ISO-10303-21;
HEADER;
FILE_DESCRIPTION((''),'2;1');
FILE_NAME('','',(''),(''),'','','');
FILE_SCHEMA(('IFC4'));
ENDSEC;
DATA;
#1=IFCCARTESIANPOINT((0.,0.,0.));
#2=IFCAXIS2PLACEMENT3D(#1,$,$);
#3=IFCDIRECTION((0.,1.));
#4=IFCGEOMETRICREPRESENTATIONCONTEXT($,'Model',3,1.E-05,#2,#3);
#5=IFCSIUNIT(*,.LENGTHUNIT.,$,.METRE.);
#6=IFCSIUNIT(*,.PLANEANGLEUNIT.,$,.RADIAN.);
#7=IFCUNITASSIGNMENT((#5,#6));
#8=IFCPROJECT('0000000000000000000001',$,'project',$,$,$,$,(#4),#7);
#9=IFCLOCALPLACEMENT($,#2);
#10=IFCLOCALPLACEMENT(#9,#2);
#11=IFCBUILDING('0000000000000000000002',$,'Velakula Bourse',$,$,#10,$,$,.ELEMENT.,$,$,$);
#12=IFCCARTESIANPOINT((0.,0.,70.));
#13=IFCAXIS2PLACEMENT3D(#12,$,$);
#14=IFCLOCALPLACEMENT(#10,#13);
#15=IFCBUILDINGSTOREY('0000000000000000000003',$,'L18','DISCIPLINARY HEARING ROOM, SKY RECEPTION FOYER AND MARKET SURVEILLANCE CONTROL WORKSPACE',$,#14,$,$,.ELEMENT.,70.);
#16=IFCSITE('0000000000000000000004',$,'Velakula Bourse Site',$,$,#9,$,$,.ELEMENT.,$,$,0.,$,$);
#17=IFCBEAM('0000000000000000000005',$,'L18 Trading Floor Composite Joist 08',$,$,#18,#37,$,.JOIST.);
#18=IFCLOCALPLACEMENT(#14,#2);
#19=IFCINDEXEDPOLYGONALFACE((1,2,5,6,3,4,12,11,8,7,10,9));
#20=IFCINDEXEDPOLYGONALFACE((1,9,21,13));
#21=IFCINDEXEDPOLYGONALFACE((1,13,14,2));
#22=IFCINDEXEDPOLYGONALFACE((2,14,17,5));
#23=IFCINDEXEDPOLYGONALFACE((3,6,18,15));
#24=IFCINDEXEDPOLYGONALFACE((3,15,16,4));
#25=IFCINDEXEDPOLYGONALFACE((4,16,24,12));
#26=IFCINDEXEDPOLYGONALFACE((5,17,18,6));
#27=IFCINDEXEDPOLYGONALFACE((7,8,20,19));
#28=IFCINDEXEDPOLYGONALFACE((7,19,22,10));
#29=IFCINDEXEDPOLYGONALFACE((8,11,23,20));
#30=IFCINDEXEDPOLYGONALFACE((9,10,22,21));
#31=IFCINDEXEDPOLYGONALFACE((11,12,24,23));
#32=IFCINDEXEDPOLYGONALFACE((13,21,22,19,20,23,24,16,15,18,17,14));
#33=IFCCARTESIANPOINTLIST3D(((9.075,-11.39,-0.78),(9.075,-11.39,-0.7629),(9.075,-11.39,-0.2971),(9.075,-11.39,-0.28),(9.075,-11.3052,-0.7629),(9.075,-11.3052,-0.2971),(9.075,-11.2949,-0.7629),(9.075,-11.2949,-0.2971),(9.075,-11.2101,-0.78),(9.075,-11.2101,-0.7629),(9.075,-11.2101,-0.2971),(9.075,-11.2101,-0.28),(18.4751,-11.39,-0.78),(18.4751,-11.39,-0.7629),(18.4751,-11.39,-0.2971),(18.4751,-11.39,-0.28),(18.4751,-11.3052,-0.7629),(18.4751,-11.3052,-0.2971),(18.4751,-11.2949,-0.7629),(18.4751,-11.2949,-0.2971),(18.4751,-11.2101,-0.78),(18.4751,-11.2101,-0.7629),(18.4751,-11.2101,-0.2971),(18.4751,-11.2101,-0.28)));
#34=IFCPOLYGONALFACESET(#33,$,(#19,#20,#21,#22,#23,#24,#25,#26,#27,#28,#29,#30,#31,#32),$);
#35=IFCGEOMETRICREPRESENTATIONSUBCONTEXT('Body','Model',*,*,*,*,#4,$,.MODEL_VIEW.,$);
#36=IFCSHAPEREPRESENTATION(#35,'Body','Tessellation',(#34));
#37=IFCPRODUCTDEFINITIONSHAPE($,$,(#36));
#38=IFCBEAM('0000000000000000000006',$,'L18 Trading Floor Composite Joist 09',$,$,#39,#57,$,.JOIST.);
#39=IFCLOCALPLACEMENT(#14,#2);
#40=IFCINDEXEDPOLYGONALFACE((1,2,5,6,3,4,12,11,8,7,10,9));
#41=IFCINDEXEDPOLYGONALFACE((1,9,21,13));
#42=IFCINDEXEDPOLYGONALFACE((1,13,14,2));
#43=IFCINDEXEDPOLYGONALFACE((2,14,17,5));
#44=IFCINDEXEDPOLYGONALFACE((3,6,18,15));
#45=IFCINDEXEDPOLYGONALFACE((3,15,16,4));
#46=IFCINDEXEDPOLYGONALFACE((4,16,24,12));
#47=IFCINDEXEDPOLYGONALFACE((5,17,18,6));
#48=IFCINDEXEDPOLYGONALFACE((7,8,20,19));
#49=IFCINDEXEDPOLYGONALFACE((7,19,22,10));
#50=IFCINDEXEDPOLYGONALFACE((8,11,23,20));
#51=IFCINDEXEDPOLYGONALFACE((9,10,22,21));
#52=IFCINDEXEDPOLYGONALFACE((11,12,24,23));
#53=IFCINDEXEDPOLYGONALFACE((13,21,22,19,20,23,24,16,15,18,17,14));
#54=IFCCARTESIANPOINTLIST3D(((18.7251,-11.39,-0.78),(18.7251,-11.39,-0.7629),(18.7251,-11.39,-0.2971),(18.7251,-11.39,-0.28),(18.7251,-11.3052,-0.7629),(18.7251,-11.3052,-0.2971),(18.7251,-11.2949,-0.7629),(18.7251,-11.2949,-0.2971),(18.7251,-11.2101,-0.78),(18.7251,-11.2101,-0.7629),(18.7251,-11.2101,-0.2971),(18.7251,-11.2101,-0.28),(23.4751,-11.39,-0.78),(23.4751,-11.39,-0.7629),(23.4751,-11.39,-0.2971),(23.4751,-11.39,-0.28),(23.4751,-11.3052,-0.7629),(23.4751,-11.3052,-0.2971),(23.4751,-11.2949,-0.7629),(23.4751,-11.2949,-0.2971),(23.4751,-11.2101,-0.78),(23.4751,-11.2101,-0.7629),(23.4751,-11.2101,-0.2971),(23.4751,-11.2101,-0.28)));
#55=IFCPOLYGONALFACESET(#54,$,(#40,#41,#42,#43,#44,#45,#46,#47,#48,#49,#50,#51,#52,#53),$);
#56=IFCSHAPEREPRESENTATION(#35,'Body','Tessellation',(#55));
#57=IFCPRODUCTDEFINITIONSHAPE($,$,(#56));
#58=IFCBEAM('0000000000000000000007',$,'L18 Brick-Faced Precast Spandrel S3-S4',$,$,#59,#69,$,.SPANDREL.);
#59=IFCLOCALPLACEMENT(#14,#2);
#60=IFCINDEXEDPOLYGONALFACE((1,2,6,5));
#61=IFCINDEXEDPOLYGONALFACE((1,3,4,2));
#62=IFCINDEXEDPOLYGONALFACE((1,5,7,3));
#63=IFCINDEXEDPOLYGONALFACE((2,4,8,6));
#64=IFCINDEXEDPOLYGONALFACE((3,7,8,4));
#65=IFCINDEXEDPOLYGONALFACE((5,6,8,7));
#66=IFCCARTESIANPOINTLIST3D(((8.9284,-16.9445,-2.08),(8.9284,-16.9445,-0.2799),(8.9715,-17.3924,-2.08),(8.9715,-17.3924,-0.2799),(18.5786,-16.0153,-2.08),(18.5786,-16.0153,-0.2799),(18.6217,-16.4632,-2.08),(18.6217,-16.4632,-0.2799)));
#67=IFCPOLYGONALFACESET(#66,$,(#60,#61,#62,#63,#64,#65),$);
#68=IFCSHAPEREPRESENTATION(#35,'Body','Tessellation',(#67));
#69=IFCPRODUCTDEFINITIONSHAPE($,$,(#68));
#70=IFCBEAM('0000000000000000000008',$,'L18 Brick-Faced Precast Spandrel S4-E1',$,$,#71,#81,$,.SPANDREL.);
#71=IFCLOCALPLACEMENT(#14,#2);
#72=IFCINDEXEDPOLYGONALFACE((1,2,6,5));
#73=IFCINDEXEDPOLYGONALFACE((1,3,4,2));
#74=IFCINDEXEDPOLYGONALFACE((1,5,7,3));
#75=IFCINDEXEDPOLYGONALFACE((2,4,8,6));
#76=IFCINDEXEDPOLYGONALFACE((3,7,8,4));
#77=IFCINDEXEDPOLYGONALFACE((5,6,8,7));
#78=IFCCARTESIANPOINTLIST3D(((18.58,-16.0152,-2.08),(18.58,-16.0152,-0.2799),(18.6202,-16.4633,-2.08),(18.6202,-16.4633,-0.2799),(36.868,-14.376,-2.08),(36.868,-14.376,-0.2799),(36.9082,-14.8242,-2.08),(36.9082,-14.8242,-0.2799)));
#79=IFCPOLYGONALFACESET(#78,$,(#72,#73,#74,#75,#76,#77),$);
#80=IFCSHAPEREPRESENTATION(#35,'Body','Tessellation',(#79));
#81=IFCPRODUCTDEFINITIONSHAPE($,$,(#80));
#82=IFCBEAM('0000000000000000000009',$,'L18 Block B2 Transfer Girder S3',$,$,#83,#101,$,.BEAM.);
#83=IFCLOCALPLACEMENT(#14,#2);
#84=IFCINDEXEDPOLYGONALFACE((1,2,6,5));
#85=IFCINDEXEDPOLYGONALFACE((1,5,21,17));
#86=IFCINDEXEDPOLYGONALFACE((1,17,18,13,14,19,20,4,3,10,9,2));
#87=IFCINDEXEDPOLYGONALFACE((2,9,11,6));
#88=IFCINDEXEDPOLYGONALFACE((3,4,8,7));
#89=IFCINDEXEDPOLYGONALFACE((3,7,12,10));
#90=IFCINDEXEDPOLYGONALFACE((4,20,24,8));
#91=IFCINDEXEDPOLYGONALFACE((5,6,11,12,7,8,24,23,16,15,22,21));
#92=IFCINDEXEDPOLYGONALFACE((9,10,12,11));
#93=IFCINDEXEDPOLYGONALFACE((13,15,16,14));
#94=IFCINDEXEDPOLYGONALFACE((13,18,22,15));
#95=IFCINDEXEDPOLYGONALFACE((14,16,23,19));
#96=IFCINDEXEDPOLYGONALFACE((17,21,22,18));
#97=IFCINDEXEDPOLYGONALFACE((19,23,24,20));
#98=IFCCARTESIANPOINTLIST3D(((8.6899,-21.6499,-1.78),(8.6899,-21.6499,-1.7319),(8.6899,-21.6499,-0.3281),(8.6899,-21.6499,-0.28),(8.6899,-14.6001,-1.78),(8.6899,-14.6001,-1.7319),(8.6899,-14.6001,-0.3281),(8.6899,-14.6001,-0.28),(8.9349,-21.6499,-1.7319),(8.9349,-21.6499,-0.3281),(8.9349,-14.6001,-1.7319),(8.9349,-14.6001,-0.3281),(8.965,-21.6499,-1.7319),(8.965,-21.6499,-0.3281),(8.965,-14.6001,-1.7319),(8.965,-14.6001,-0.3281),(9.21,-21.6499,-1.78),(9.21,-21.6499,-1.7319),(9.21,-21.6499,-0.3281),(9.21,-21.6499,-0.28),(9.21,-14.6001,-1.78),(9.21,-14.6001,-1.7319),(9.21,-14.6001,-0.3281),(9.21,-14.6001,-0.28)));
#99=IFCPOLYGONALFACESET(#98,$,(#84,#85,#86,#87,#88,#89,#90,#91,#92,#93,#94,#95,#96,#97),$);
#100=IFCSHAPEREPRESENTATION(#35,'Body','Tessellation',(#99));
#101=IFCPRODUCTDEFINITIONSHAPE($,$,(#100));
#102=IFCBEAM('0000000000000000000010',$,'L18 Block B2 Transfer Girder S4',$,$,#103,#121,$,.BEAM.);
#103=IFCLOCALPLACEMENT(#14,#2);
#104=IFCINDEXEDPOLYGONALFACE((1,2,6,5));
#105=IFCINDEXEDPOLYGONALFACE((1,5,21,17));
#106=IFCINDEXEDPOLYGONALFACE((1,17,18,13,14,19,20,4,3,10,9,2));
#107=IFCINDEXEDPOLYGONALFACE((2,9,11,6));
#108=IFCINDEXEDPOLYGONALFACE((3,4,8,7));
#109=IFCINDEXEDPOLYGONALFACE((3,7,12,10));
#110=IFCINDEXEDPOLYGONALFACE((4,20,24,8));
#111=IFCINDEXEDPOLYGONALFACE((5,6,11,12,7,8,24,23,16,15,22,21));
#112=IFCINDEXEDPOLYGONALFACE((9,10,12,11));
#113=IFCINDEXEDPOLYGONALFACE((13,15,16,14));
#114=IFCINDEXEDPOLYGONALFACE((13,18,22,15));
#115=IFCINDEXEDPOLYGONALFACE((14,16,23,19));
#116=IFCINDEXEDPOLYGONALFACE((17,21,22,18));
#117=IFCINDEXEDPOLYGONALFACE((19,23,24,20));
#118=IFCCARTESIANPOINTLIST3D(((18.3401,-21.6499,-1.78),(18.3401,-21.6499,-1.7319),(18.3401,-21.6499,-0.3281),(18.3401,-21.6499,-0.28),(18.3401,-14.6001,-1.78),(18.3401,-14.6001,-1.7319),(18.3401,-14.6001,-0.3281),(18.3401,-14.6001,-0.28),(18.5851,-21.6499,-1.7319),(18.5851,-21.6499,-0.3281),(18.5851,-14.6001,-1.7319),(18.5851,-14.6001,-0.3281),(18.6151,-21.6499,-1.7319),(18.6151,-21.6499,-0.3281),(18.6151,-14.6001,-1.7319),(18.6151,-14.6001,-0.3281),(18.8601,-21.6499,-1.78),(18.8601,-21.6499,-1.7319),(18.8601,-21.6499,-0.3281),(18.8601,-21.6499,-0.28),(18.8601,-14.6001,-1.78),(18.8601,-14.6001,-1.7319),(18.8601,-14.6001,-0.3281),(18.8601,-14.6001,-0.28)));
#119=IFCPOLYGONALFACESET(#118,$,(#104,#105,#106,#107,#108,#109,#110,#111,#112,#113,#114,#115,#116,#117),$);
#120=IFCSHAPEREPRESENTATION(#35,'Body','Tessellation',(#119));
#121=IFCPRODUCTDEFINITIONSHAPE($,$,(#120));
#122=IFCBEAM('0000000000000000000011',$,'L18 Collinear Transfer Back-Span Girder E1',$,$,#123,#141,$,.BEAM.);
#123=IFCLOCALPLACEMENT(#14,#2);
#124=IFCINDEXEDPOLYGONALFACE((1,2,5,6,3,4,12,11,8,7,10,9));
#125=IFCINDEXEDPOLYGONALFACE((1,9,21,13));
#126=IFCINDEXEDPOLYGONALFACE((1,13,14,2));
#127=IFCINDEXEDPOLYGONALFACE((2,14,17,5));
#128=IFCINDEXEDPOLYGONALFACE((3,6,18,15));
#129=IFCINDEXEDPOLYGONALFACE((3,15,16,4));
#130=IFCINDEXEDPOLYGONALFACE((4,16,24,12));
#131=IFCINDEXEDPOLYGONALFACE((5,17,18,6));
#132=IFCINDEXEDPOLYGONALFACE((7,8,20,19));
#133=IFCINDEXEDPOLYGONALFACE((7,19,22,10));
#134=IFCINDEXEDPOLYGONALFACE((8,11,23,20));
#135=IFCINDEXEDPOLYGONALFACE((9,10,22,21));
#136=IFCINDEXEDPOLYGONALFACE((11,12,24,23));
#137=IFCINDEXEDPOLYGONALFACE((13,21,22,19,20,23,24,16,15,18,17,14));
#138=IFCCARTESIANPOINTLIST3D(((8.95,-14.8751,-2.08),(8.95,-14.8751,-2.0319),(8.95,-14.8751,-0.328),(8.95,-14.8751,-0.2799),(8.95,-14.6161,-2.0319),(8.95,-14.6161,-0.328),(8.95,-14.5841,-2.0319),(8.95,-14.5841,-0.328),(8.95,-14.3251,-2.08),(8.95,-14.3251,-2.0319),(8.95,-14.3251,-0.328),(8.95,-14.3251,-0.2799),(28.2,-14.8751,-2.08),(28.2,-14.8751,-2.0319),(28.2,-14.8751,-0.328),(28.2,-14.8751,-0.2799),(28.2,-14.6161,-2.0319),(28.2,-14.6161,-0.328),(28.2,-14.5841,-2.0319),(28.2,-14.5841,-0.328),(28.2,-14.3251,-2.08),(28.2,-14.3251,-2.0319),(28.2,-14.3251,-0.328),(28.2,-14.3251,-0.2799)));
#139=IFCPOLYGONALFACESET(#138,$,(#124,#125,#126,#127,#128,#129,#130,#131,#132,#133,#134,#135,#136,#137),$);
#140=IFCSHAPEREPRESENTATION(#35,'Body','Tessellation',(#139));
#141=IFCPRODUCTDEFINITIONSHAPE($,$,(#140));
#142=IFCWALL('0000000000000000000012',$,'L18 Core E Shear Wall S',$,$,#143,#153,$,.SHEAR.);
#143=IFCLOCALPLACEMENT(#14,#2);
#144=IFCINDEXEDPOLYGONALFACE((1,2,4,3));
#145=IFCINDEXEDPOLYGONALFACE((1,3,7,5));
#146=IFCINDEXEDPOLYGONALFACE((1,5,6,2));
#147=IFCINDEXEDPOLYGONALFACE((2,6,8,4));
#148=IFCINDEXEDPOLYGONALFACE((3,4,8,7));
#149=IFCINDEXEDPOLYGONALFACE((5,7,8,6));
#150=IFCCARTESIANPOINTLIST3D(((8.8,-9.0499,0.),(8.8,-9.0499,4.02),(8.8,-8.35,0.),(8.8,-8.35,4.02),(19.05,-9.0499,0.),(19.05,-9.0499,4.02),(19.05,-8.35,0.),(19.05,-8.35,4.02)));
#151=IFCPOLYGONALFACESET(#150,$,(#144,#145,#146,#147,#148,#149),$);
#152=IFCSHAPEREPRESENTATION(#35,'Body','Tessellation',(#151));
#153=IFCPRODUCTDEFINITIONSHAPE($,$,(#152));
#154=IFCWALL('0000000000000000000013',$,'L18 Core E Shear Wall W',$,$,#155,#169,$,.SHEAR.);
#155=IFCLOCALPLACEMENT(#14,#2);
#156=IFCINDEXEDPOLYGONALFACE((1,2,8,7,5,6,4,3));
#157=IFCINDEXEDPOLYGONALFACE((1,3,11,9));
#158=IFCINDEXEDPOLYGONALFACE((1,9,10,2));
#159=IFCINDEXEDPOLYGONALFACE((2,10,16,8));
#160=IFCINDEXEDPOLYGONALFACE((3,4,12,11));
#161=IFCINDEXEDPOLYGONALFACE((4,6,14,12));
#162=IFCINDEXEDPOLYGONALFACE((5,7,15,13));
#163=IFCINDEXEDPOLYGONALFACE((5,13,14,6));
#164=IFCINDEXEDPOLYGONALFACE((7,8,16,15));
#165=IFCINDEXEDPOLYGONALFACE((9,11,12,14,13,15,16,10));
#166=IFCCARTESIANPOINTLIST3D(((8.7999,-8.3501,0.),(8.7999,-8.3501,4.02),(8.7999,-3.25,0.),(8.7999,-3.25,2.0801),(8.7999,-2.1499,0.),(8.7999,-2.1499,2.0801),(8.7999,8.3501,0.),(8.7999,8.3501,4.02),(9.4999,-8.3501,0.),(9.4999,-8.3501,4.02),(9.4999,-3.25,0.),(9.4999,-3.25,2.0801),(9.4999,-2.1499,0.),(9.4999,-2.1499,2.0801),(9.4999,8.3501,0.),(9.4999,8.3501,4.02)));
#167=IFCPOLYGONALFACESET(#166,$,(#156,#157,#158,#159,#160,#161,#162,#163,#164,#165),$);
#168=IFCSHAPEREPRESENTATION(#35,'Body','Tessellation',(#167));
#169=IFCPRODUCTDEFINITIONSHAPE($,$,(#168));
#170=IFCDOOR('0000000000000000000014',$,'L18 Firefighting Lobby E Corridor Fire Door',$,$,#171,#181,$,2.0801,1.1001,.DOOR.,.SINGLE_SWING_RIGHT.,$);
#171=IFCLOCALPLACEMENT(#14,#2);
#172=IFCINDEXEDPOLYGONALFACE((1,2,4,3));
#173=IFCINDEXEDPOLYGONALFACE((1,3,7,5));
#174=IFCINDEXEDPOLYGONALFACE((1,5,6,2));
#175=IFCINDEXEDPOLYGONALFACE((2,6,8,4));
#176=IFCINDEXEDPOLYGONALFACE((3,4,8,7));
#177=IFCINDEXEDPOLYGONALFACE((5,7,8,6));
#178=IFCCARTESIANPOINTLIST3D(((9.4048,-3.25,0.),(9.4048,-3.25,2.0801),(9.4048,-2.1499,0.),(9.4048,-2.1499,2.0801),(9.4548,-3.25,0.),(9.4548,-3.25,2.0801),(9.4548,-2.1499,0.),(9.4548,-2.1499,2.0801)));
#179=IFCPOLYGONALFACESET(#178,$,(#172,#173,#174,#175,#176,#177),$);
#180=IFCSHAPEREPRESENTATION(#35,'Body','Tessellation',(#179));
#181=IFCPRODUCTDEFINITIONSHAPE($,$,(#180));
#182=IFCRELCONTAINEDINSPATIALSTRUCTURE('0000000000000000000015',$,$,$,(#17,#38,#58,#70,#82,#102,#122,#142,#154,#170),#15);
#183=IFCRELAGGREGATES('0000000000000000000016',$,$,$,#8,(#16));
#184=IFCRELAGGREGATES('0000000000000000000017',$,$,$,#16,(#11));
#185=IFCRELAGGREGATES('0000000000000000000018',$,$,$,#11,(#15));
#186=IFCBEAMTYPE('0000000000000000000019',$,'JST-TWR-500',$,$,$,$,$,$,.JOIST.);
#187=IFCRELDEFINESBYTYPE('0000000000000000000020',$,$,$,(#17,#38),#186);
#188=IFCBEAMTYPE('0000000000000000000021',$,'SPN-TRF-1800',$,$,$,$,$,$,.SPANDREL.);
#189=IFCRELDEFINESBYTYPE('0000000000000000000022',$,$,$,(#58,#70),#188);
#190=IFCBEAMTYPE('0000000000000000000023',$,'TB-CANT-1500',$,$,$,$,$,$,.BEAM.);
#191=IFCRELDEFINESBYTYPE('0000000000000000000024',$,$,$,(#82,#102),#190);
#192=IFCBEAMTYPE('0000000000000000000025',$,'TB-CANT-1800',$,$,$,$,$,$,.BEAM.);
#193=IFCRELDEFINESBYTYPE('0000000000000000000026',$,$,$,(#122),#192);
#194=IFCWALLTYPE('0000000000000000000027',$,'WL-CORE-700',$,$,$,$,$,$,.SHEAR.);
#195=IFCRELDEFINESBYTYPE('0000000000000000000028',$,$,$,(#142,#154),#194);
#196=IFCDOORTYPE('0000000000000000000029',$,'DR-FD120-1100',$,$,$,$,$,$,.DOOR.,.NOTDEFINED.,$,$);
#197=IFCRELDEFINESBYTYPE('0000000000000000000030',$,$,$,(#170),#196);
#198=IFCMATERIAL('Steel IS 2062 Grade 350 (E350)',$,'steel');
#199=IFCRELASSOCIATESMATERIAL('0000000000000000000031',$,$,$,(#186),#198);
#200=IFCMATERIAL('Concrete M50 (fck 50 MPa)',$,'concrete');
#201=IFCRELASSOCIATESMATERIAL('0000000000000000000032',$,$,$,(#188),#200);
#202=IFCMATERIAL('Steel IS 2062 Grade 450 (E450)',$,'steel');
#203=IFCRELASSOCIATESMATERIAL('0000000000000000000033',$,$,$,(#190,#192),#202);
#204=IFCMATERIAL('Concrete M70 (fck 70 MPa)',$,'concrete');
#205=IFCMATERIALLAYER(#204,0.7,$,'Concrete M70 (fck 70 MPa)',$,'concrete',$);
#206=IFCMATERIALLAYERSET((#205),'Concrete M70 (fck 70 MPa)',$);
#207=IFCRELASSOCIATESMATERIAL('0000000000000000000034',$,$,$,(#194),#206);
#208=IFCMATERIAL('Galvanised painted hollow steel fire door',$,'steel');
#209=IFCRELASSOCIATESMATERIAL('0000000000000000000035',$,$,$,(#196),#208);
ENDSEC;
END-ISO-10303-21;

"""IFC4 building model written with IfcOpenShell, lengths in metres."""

from ifc_helpers import new_model, si_unit, direction, frame, frame_2d, origin, origin_2d, place, context, subcontext, project, spatial, rectangle, i_section, extrude, material, layer, layer_set, material_profile, profile_set, type_object, element, fill, save


model = new_model("IFC4")

# Units and contexts
model_context = context("Model", 3, precision=1e-05, world=origin(), true_north=direction((0.0, 1.0)))
body_context = subcontext(model_context, "Body", "Model", "MODEL_VIEW")
ifc_project = project(units=[si_unit("LENGTHUNIT", "METRE"), si_unit("PLANEANGLEUNIT", "RADIAN")], contexts=[model_context])

# Site, building, storey
site_placement = place(None, origin())
site = spatial("IfcSite", under=ifc_project, at=site_placement, Name="Velakula Bourse Site", CompositionType="ELEMENT", RefElevation=0.0)
building_placement = place(site_placement, origin())
building = spatial("IfcBuilding", under=site, at=building_placement, Name="Velakula Bourse", CompositionType="ELEMENT")
storey_placement = place(building_placement, frame((0.0, 0.0, 70.0)))
storey = spatial("IfcBuildingStorey", under=building, at=storey_placement, Name="L18", Description="DISCIPLINARY HEARING ROOM, SKY RECEPTION FOYER AND MARKET SURVEILLANCE CONTROL WORKSPACE", CompositionType="ELEMENT", Elevation=70.0)

# Shared definitions
ifc_material_1 = material(Name="Concrete M70 (fck 70 MPa)", Category="concrete")
ifc_material_2 = material(Name="Steel IS 2062 Grade 450 (E450)", Category="steel")

# Beams
ifc_material_3 = material(Name="Steel IS 2062 Grade 350 (E350)", Category="steel")
ifc_material_profile_1 = material_profile(ifc_material_3, i_section(OverallWidth=0.1799, OverallDepth=0.5, WebThickness=0.0103, FlangeThickness=0.0171, at=origin_2d()), Name="Steel IS 2062 Grade 350 (E350)")
ifc_profile_set_1 = profile_set([ifc_material_profile_1], Name="Steel IS 2062 Grade 350 (E350)")
beam_type_1 = type_object("IfcBeamType", Name="JST-TWR-500", PredefinedType="JOIST", material=ifc_profile_set_1)
beam_1_placement = place(storey_placement, frame((9.075, -11.3, -0.53), z_axis=(1.0, 0.0, 0.0), x_axis=(0.0, 1.0, 0.0)))
element("IfcBeam", 1, at=beam_1_placement, inside=storey, type_object=beam_type_1, Name="L18 Trading Floor Composite Joist 08", PredefinedType="JOIST", context=body_context, shape_type="SweptSolid", body=[
    extrude(i_section(OverallWidth=0.1799, OverallDepth=0.5, WebThickness=0.0103, FlangeThickness=0.0171, at=origin_2d()), origin(), (0.0, 0.0, 1.0), 9.4001),
])
beam_2_placement = place(storey_placement, frame((18.7251, -11.3, -0.53), z_axis=(1.0, 0.0, 0.0), x_axis=(0.0, 1.0, 0.0)))
element("IfcBeam", 2, at=beam_2_placement, inside=storey, type_object=beam_type_1, Name="L18 Trading Floor Composite Joist 09", PredefinedType="JOIST", context=body_context, shape_type="SweptSolid", body=[
    extrude(i_section(OverallWidth=0.1799, OverallDepth=0.5, WebThickness=0.0103, FlangeThickness=0.0171, at=origin_2d()), origin(), (0.0, 0.0, 1.0), 4.75),
])
ifc_material_4 = material(Name="Concrete M50 (fck 50 MPa)", Category="concrete")
ifc_material_profile_2 = material_profile(ifc_material_4, rectangle(XDim=0.45, YDim=1.8, at=origin_2d()), Name="Concrete M50 (fck 50 MPa)")
ifc_profile_set_2 = profile_set([ifc_material_profile_2], Name="Concrete M50 (fck 50 MPa)")
beam_type_2 = type_object("IfcBeamType", Name="SPN-TRF-1800", PredefinedType="SPANDREL", material=ifc_profile_set_2)
beam_3_placement = place(storey_placement, frame((8.95, -17.1685, -1.1799), z_axis=(0.995396, 0.095845, 0.0), x_axis=(-0.095845, 0.995396, 0.0)))
element("IfcBeam", 3, at=beam_3_placement, inside=storey, type_object=beam_type_2, Name="L18 Brick-Faced Precast Spandrel S3-S4", PredefinedType="SPANDREL", context=body_context, shape_type="SweptSolid", body=[
    extrude(rectangle(XDim=0.45, YDim=1.8, at=origin_2d()), origin(), (0.0, 0.0, 1.0), 9.6948),
])
beam_4_placement = place(storey_placement, frame((18.6001, -16.2393, -1.1799), z_axis=(0.996007, 0.089272, 0.0), x_axis=(-0.089272, 0.996007, 0.0)))
element("IfcBeam", 4, at=beam_4_placement, inside=storey, type_object=beam_type_2, Name="L18 Brick-Faced Precast Spandrel S4-E1", PredefinedType="SPANDREL", context=body_context, shape_type="SweptSolid", body=[
    extrude(rectangle(XDim=0.45, YDim=1.8, at=origin_2d()), origin(), (0.0, 0.0, 1.0), 18.3613),
])
ifc_material_profile_3 = material_profile(ifc_material_2, i_section(OverallWidth=0.52, OverallDepth=1.5, WebThickness=0.03, FlangeThickness=0.0481, at=origin_2d()), Name="Steel IS 2062 Grade 450 (E450)")
ifc_profile_set_3 = profile_set([ifc_material_profile_3], Name="Steel IS 2062 Grade 450 (E450)")
beam_type_3 = type_object("IfcBeamType", Name="TB-CANT-1500", PredefinedType="BEAM", material=ifc_profile_set_3)
for number, where, z_axis, x_axis, name in (
    (5, (8.95, -21.6499, -1.03), (0.0, 1.0, 0.0), (-1.0, 0.0, 0.0), "L18 Block B2 Transfer Girder S3"),
    (6, (18.6001, -21.6499, -1.03), (0.0, 1.0, 0.0), (-1.0, 0.0, 0.0), "L18 Block B2 Transfer Girder S4"),
):
    element("IfcBeam", number, at=place(storey_placement, frame(where, z_axis=z_axis, x_axis=x_axis)), inside=storey, type_object=beam_type_3, Name=name, PredefinedType="BEAM", context=body_context, shape_type="SweptSolid", body=[
        extrude(i_section(OverallWidth=0.52, OverallDepth=1.5, WebThickness=0.03, FlangeThickness=0.0481, at=origin_2d()), origin(), (0.0, 0.0, 1.0), 7.0498),
    ])
ifc_material_profile_4 = material_profile(ifc_material_2, i_section(OverallWidth=0.55, OverallDepth=1.8, WebThickness=0.032, FlangeThickness=0.0481, at=origin_2d()), Name="Steel IS 2062 Grade 450 (E450)")
ifc_profile_set_4 = profile_set([ifc_material_profile_4], Name="Steel IS 2062 Grade 450 (E450)")
beam_type_4 = type_object("IfcBeamType", Name="TB-CANT-1800", PredefinedType="BEAM", material=ifc_profile_set_4)
beam_5_placement = place(storey_placement, frame((8.95, -14.6001, -1.1799), z_axis=(1.0, 0.0, 0.0), x_axis=(0.0, 1.0, 0.0)))
element("IfcBeam", 7, at=beam_5_placement, inside=storey, type_object=beam_type_4, Name="L18 Collinear Transfer Back-Span Girder E1", PredefinedType="BEAM", context=body_context, shape_type="SweptSolid", body=[
    extrude(i_section(OverallWidth=0.55, OverallDepth=1.8, WebThickness=0.032, FlangeThickness=0.0481, at=origin_2d()), origin(), (0.0, 0.0, 1.0), 19.25),
])

# Wall
ifc_layer_1 = layer(ifc_material_1, 0.7, Name="Concrete M70 (fck 70 MPa)", Category="concrete")
ifc_layer_set_1 = layer_set([ifc_layer_1], Name="Concrete M70 (fck 70 MPa)")
wall_type_1 = type_object("IfcWallType", Name="WL-CORE-700", PredefinedType="SHEAR", material=ifc_layer_set_1)
wall_1_placement = place(storey_placement, frame((8.8, -8.7, 0.0), z_axis=(0.0, 0.0, 1.0), x_axis=(1.0, 0.0, 0.0)))
element("IfcWall", 8, at=wall_1_placement, inside=storey, type_object=wall_type_1, Name="L18 Core E Shear Wall S", PredefinedType="SHEAR", context=body_context, shape_type="SweptSolid", body=[
    extrude(rectangle(XDim=10.25, YDim=0.7, at=frame_2d((5.125, 0.0))), origin(), (0.0, 0.0, 1.0), 4.02),
])

# Wall, opening, door
wall_2_placement = place(storey_placement, frame((9.1499, -8.3501, 0.0), z_axis=(0.0, 0.0, 1.0), x_axis=(0.0, 1.0, 0.0)))
wall_2 = element("IfcWall", 9, at=wall_2_placement, inside=storey, type_object=wall_type_1, Name="L18 Core E Shear Wall W", PredefinedType="SHEAR", context=body_context, shape_type="SweptSolid", body=[
    extrude(rectangle(XDim=16.7002, YDim=0.7, at=frame_2d((8.3501, 0.0))), origin(), (0.0, 0.0, 1.0), 4.02),
])
opening_1_placement = place(wall_2_placement, frame((5.1001, 0.0, 0.0)))
opening_1 = element("IfcOpeningElement", 10, at=opening_1_placement, cuts=wall_2, PredefinedType="OPENING", context=body_context, shape_type="SweptSolid", body=[
    extrude(rectangle(XDim=1.1001, YDim=2.0801, at=frame_2d((0.55, 1.04))), frame((0.0, 0.3599, 0.0), z_axis=(0.0, -1.0, 0.0), x_axis=(1.0, 0.0, 0.0)), (0.0, 0.0, 1.0), 0.72),
])
ifc_material_5 = material(Name="Galvanised painted hollow steel fire door", Category="steel")
door_type_1 = type_object("IfcDoorType", Name="DR-FD120-1100", OperationType="NOTDEFINED", PredefinedType="DOOR", material=ifc_material_5)
door_1_placement = place(opening_1_placement, origin())
door_1 = element("IfcDoor", 11, at=door_1_placement, inside=storey, type_object=door_type_1, Name="L18 Firefighting Lobby E Corridor Fire Door", OperationType="SINGLE_SWING_RIGHT", OverallHeight=2.0801, OverallWidth=1.1001, PredefinedType="DOOR", context=body_context, shape_type="SweptSolid", body=[
    extrude(rectangle(XDim=1.1001, YDim=2.0801, at=frame_2d((0.55, 1.04))), frame((0.0, -0.2549, 0.0), z_axis=(0.0, -1.0, 0.0), x_axis=(1.0, 0.0, 0.0)), (0.0, 0.0, 1.0), 0.05),
])
fill(opening_1, door_1)

save(model, "model.ifc")
